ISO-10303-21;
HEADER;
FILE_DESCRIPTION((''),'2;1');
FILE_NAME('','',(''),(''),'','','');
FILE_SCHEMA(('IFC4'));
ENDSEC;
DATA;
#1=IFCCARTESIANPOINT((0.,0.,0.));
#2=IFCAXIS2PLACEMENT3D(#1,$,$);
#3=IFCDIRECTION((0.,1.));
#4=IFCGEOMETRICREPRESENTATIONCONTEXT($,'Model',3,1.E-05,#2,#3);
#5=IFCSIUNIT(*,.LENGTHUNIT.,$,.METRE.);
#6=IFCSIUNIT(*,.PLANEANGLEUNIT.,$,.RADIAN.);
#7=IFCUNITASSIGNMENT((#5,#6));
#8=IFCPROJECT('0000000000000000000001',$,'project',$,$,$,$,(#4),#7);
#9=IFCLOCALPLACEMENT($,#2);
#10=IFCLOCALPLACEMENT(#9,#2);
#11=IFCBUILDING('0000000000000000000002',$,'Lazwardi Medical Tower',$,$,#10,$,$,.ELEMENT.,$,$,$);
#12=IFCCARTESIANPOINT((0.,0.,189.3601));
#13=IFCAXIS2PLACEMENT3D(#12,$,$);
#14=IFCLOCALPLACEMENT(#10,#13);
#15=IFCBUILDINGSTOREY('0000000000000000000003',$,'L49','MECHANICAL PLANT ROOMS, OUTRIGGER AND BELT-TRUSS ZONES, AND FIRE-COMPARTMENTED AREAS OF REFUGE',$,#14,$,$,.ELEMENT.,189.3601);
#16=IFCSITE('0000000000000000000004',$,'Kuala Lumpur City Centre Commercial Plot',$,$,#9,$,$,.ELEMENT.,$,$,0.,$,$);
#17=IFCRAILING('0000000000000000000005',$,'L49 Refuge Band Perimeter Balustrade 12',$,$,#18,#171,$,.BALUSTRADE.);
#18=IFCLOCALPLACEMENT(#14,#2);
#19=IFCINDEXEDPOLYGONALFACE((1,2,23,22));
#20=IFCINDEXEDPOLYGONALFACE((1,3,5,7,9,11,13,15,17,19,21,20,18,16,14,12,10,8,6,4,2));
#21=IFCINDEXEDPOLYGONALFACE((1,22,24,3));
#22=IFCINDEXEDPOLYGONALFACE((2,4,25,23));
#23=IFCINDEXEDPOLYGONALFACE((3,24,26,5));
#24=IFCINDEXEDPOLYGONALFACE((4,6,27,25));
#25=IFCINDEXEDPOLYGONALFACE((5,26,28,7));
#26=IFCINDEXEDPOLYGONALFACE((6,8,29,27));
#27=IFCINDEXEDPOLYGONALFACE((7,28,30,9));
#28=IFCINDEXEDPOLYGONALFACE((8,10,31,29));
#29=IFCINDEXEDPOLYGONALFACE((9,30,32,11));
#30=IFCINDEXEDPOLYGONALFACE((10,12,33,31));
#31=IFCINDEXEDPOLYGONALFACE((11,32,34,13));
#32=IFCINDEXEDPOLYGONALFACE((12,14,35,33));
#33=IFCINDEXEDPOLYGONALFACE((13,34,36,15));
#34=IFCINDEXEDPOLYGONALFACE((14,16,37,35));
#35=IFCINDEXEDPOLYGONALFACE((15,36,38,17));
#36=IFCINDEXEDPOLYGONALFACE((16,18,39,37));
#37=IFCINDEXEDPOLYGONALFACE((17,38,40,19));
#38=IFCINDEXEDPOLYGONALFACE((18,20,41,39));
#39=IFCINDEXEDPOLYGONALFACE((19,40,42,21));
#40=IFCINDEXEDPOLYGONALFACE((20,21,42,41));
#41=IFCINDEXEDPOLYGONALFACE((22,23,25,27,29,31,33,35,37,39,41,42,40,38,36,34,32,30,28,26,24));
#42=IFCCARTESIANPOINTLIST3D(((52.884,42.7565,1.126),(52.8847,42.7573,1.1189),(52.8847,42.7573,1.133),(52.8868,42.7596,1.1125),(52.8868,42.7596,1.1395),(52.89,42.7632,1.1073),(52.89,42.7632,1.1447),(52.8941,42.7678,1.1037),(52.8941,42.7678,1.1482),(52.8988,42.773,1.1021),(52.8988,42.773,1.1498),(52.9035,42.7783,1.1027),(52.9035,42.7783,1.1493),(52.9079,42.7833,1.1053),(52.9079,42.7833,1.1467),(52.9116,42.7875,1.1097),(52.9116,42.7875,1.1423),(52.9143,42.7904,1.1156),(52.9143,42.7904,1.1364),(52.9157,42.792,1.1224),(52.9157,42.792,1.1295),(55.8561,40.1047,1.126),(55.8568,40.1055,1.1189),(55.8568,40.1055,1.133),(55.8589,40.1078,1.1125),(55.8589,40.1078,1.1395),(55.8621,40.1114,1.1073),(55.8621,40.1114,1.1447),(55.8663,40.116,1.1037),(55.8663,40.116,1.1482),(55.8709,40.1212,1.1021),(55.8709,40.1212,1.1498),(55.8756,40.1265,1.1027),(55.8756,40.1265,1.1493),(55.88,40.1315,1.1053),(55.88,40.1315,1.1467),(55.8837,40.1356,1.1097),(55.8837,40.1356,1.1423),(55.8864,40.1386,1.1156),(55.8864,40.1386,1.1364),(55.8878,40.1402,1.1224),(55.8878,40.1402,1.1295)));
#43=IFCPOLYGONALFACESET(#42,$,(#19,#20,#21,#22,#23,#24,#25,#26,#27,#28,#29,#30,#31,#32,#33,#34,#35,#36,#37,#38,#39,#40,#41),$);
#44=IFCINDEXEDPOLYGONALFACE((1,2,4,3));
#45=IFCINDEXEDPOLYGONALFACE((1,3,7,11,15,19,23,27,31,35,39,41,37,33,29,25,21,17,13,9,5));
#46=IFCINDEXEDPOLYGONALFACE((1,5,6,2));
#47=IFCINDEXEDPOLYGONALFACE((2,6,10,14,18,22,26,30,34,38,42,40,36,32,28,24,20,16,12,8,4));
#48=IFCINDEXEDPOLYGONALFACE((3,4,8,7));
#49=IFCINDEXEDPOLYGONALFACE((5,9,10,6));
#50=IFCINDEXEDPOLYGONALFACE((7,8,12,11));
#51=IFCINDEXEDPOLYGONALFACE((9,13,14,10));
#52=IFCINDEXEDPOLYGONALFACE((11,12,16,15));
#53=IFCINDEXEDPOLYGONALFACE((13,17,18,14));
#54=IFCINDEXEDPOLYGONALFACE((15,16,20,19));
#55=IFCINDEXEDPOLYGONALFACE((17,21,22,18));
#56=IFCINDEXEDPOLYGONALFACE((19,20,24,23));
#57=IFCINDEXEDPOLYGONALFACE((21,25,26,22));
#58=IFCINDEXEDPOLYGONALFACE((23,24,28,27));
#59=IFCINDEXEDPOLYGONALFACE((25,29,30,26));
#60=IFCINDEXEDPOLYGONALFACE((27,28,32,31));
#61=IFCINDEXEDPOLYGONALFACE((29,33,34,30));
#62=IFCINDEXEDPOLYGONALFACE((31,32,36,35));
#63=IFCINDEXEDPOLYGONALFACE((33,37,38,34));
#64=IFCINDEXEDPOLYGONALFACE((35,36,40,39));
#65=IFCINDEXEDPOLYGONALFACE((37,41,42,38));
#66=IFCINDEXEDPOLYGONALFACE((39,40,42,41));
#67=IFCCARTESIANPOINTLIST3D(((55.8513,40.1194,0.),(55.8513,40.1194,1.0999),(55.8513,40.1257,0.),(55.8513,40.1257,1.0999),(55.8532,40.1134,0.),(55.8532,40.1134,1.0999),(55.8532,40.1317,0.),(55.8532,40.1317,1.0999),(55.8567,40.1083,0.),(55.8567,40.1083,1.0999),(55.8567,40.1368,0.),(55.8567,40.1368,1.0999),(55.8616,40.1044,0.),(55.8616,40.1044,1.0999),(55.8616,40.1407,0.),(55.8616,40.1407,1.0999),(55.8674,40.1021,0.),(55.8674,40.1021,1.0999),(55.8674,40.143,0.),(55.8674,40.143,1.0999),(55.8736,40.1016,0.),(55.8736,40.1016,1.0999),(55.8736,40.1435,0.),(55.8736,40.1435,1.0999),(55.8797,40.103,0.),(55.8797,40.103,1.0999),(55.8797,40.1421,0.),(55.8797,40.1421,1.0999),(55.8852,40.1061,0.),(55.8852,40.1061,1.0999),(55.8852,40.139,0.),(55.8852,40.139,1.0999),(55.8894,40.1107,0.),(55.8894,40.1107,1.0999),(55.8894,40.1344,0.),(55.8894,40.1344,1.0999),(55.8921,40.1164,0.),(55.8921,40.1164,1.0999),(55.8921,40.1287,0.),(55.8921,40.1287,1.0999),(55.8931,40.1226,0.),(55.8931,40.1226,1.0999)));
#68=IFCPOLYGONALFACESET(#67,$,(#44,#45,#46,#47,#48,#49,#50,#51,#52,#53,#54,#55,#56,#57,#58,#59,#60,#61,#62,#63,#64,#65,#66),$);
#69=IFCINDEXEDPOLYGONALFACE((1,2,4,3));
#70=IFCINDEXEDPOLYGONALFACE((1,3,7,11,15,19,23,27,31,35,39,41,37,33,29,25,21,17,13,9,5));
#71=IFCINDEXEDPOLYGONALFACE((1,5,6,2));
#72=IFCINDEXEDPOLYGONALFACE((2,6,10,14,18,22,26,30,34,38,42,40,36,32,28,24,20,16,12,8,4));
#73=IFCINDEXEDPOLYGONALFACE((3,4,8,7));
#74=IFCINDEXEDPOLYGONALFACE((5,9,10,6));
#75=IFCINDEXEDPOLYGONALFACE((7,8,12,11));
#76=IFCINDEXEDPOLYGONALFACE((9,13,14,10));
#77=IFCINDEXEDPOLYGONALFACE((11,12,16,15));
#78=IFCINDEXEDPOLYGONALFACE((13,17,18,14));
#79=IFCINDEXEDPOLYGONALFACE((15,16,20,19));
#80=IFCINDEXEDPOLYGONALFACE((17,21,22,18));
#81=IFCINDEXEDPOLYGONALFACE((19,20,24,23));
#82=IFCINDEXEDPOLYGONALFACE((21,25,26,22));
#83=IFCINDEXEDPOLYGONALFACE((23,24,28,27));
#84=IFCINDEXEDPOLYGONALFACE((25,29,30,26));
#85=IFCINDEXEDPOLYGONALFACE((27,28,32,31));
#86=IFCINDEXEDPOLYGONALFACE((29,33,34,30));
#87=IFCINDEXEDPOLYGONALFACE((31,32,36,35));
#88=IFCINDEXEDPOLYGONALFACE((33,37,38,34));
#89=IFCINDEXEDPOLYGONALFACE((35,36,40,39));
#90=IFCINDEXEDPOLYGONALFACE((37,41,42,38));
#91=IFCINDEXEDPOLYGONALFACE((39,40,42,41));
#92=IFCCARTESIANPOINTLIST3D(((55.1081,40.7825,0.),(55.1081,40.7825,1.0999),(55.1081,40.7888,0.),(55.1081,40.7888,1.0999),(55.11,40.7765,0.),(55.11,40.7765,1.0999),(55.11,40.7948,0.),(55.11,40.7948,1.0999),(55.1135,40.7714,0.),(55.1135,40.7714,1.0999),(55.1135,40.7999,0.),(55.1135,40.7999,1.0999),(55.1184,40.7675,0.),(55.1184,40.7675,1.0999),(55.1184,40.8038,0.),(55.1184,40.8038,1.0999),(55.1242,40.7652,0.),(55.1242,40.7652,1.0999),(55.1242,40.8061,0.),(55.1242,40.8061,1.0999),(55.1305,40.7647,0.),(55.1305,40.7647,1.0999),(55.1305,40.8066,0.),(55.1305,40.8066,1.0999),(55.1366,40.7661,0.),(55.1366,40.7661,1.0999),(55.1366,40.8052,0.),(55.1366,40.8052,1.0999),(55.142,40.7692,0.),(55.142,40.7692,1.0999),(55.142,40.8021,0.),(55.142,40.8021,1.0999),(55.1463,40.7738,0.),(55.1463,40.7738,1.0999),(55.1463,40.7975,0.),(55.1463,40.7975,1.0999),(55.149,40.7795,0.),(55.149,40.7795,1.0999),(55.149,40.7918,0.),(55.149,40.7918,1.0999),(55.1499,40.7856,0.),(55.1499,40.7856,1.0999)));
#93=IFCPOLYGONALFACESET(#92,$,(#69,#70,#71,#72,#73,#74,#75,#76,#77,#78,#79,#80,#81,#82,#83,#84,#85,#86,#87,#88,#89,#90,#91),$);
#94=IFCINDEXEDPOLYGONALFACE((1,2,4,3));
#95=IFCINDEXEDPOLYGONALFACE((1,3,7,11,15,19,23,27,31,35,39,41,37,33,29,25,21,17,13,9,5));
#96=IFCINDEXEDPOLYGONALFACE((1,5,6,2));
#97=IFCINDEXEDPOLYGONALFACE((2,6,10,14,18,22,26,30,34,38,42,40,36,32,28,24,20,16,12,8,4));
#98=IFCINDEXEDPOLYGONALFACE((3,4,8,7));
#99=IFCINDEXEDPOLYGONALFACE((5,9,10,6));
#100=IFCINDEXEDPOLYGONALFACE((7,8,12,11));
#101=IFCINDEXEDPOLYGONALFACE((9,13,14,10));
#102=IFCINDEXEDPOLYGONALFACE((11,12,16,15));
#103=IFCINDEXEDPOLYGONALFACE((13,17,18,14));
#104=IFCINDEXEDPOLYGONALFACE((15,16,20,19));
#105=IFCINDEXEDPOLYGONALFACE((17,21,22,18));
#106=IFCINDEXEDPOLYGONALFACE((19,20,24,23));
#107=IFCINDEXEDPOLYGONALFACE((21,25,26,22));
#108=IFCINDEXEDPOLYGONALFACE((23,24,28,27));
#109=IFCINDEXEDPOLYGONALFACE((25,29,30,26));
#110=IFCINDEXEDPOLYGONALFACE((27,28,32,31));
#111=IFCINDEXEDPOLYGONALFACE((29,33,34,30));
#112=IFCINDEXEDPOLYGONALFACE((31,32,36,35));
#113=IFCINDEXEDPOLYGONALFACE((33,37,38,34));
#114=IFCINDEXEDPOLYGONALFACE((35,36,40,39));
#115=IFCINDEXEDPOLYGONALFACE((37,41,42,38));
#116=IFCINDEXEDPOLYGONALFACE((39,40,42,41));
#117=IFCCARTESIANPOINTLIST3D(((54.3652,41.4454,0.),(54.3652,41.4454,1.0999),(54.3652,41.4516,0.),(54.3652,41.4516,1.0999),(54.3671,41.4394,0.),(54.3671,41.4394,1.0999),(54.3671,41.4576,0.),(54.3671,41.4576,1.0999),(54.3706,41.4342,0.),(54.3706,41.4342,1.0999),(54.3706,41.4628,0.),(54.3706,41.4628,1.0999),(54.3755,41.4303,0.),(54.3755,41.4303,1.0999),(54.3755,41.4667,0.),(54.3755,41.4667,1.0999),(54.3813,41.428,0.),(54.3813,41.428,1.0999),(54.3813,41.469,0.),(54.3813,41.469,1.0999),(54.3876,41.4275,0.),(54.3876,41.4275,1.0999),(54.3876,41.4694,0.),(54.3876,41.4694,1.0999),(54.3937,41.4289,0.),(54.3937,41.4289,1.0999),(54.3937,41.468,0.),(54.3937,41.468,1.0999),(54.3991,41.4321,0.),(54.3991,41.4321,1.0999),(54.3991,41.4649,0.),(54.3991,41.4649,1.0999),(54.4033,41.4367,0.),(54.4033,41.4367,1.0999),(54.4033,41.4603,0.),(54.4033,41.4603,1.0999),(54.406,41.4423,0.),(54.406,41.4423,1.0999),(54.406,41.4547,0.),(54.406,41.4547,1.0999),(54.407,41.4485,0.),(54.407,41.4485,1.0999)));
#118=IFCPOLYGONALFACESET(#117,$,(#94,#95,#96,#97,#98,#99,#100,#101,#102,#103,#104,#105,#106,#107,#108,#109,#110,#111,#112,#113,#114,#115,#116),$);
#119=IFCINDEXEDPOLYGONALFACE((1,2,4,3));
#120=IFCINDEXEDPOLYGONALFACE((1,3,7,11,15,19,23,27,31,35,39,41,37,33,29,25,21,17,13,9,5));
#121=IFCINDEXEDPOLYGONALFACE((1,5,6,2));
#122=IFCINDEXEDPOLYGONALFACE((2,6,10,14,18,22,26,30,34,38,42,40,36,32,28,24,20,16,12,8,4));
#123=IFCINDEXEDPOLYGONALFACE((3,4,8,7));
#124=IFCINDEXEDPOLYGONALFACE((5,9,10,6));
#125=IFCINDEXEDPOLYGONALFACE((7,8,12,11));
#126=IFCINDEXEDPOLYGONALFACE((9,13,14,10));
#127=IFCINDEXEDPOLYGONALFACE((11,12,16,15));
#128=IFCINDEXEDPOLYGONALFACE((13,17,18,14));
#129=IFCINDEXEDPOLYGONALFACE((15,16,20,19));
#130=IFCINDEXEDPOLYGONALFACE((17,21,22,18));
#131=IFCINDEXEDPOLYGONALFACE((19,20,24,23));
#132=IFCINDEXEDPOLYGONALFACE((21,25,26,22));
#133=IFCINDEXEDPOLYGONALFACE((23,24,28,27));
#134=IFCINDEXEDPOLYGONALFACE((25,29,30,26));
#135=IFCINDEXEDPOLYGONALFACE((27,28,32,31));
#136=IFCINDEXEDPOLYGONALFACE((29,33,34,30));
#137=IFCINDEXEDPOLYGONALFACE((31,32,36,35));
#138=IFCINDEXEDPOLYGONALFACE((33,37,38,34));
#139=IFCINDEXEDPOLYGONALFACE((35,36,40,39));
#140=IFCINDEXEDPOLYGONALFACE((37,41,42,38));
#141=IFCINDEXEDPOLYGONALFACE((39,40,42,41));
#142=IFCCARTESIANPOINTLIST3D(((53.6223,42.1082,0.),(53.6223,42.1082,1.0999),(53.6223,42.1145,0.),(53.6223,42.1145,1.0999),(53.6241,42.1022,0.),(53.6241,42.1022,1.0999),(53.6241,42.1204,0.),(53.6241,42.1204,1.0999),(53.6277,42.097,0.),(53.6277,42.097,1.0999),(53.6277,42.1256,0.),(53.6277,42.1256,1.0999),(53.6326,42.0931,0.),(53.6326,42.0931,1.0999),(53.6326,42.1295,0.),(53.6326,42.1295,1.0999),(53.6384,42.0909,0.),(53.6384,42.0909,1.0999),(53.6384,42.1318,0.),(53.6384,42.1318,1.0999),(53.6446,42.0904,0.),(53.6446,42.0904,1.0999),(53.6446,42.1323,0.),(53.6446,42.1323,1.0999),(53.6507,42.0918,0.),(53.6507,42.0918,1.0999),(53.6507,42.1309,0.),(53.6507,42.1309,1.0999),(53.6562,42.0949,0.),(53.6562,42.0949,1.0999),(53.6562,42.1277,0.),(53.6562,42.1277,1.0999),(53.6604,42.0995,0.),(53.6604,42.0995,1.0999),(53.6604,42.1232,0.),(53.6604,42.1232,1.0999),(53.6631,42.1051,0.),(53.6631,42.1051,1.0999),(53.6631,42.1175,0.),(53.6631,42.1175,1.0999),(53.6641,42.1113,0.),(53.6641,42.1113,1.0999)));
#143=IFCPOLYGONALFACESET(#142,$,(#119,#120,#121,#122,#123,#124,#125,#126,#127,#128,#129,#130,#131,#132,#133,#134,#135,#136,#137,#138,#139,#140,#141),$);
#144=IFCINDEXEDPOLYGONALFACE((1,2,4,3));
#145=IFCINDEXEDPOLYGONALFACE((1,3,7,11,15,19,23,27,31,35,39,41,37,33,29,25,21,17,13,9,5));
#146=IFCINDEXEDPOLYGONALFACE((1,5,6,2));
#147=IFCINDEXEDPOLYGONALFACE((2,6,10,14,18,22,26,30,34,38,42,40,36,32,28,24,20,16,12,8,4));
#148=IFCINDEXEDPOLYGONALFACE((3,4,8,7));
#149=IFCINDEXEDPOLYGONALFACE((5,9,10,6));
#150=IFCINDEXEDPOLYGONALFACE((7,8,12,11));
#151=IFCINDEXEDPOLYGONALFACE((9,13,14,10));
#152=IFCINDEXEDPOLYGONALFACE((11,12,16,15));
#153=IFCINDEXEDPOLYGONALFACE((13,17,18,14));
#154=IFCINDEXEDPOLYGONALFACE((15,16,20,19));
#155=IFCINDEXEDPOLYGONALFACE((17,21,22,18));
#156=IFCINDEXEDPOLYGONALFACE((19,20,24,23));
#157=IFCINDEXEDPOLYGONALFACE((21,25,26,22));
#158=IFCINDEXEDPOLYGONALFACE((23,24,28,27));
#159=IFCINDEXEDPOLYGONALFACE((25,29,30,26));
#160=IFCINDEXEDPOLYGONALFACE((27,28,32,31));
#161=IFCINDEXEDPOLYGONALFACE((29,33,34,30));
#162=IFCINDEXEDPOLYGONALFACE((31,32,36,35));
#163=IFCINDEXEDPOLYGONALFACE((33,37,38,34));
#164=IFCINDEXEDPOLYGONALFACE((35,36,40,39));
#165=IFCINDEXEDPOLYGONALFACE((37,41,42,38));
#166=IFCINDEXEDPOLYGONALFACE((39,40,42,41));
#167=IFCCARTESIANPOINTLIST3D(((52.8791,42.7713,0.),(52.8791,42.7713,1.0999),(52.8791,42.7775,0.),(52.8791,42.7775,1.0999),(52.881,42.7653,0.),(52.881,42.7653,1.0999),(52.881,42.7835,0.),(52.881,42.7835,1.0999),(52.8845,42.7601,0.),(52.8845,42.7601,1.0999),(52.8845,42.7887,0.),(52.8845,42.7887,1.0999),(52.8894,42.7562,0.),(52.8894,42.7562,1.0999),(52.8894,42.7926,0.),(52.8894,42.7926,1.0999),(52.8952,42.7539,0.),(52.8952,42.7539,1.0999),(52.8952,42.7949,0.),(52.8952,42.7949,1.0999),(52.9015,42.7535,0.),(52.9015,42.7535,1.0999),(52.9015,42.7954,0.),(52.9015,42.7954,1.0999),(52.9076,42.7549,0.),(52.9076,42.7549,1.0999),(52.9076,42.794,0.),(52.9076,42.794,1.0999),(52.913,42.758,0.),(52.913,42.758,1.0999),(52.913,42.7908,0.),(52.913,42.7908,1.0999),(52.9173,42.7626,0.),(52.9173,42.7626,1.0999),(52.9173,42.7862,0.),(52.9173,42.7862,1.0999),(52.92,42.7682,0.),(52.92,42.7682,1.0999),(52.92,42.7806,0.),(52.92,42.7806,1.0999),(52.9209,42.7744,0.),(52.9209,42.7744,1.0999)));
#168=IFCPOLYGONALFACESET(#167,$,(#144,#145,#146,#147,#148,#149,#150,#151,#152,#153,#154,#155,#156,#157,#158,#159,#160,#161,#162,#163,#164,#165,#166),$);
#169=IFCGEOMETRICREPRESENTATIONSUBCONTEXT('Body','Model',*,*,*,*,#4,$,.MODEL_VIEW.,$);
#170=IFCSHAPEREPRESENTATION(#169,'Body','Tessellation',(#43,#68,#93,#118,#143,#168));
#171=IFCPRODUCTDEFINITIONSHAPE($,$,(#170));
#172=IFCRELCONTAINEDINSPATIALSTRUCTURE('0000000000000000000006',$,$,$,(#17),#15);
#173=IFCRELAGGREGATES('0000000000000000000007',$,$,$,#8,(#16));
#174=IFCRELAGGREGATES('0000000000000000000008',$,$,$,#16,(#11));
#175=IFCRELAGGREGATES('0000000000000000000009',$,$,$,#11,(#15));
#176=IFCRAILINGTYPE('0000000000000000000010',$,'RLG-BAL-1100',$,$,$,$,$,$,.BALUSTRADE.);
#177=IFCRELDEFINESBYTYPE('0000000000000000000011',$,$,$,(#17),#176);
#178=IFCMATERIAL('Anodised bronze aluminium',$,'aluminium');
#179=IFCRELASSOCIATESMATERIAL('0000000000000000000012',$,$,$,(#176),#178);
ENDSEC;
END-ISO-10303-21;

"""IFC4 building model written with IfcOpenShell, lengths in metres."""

from ifc_helpers import new_model, si_unit, direction, frame, origin, origin_2d, place, context, subcontext, project, spatial, circle, extrude, material, type_object, element, save


model = new_model("IFC4")

# Units and contexts
model_context = context("Model", 3, precision=1e-05, world=origin(), true_north=direction((0.0, 1.0)))
body_context = subcontext(model_context, "Body", "Model", "MODEL_VIEW")
ifc_project = project(units=[si_unit("LENGTHUNIT", "METRE"), si_unit("PLANEANGLEUNIT", "RADIAN")], contexts=[model_context])

# Site, building, storey
site_placement = place(None, origin())
site = spatial("IfcSite", under=ifc_project, at=site_placement, Name="Kuala Lumpur City Centre Commercial Plot", CompositionType="ELEMENT", RefElevation=0.0)
building_placement = place(site_placement, origin())
building = spatial("IfcBuilding", under=site, at=building_placement, Name="Lazwardi Medical Tower", CompositionType="ELEMENT")
storey_placement = place(building_placement, frame((0.0, 0.0, 189.3601)))
storey = spatial("IfcBuildingStorey", under=building, at=storey_placement, Name="L49", Description="MECHANICAL PLANT ROOMS, OUTRIGGER AND BELT-TRUSS ZONES, AND FIRE-COMPARTMENTED AREAS OF REFUGE", CompositionType="ELEMENT", Elevation=189.3601)

# Railing
ifc_material_1 = material(Name="Anodised bronze aluminium", Category="aluminium")
railing_type = type_object("IfcRailingType", Name="RLG-BAL-1100", PredefinedType="BALUSTRADE", material=ifc_material_1)
railing_1_placement = place(storey_placement, frame((55.8721, 40.1226, 0.0)))
element("IfcRailing", 1, at=railing_1_placement, inside=storey, type_object=railing_type, Name="L49 Refuge Band Perimeter Balustrade 12", PredefinedType="BALUSTRADE", context=body_context, shape_type="SweptSolid", body=[
    extrude(circle(Radius=0.0239, at=origin_2d()), frame((0.0, 0.0, 1.126), z_axis=(-0.74617, 0.665755, 0.0), x_axis=(-0.665755, -0.74617, 0.0)), (0.0, 0.0, 1.0), 3.9832),
    extrude(circle(Radius=0.021, at=origin_2d()), origin(), (0.0, 0.0, 1.0), 1.0999),
    extrude(circle(Radius=0.021, at=origin_2d()), frame((-0.7432, 0.6631, 0.0)), (0.0, 0.0, 1.0), 1.0999),
    extrude(circle(Radius=0.021, at=origin_2d()), frame((-1.4861, 1.3259, 0.0)), (0.0, 0.0, 1.0), 1.0999),
    extrude(circle(Radius=0.021, at=origin_2d()), frame((-2.229, 1.9888, 0.0)), (0.0, 0.0, 1.0), 1.0999),
    extrude(circle(Radius=0.021, at=origin_2d()), frame((-2.9722, 2.6519, 0.0)), (0.0, 0.0, 1.0), 1.0999),
])

save(model, "model.ifc")
